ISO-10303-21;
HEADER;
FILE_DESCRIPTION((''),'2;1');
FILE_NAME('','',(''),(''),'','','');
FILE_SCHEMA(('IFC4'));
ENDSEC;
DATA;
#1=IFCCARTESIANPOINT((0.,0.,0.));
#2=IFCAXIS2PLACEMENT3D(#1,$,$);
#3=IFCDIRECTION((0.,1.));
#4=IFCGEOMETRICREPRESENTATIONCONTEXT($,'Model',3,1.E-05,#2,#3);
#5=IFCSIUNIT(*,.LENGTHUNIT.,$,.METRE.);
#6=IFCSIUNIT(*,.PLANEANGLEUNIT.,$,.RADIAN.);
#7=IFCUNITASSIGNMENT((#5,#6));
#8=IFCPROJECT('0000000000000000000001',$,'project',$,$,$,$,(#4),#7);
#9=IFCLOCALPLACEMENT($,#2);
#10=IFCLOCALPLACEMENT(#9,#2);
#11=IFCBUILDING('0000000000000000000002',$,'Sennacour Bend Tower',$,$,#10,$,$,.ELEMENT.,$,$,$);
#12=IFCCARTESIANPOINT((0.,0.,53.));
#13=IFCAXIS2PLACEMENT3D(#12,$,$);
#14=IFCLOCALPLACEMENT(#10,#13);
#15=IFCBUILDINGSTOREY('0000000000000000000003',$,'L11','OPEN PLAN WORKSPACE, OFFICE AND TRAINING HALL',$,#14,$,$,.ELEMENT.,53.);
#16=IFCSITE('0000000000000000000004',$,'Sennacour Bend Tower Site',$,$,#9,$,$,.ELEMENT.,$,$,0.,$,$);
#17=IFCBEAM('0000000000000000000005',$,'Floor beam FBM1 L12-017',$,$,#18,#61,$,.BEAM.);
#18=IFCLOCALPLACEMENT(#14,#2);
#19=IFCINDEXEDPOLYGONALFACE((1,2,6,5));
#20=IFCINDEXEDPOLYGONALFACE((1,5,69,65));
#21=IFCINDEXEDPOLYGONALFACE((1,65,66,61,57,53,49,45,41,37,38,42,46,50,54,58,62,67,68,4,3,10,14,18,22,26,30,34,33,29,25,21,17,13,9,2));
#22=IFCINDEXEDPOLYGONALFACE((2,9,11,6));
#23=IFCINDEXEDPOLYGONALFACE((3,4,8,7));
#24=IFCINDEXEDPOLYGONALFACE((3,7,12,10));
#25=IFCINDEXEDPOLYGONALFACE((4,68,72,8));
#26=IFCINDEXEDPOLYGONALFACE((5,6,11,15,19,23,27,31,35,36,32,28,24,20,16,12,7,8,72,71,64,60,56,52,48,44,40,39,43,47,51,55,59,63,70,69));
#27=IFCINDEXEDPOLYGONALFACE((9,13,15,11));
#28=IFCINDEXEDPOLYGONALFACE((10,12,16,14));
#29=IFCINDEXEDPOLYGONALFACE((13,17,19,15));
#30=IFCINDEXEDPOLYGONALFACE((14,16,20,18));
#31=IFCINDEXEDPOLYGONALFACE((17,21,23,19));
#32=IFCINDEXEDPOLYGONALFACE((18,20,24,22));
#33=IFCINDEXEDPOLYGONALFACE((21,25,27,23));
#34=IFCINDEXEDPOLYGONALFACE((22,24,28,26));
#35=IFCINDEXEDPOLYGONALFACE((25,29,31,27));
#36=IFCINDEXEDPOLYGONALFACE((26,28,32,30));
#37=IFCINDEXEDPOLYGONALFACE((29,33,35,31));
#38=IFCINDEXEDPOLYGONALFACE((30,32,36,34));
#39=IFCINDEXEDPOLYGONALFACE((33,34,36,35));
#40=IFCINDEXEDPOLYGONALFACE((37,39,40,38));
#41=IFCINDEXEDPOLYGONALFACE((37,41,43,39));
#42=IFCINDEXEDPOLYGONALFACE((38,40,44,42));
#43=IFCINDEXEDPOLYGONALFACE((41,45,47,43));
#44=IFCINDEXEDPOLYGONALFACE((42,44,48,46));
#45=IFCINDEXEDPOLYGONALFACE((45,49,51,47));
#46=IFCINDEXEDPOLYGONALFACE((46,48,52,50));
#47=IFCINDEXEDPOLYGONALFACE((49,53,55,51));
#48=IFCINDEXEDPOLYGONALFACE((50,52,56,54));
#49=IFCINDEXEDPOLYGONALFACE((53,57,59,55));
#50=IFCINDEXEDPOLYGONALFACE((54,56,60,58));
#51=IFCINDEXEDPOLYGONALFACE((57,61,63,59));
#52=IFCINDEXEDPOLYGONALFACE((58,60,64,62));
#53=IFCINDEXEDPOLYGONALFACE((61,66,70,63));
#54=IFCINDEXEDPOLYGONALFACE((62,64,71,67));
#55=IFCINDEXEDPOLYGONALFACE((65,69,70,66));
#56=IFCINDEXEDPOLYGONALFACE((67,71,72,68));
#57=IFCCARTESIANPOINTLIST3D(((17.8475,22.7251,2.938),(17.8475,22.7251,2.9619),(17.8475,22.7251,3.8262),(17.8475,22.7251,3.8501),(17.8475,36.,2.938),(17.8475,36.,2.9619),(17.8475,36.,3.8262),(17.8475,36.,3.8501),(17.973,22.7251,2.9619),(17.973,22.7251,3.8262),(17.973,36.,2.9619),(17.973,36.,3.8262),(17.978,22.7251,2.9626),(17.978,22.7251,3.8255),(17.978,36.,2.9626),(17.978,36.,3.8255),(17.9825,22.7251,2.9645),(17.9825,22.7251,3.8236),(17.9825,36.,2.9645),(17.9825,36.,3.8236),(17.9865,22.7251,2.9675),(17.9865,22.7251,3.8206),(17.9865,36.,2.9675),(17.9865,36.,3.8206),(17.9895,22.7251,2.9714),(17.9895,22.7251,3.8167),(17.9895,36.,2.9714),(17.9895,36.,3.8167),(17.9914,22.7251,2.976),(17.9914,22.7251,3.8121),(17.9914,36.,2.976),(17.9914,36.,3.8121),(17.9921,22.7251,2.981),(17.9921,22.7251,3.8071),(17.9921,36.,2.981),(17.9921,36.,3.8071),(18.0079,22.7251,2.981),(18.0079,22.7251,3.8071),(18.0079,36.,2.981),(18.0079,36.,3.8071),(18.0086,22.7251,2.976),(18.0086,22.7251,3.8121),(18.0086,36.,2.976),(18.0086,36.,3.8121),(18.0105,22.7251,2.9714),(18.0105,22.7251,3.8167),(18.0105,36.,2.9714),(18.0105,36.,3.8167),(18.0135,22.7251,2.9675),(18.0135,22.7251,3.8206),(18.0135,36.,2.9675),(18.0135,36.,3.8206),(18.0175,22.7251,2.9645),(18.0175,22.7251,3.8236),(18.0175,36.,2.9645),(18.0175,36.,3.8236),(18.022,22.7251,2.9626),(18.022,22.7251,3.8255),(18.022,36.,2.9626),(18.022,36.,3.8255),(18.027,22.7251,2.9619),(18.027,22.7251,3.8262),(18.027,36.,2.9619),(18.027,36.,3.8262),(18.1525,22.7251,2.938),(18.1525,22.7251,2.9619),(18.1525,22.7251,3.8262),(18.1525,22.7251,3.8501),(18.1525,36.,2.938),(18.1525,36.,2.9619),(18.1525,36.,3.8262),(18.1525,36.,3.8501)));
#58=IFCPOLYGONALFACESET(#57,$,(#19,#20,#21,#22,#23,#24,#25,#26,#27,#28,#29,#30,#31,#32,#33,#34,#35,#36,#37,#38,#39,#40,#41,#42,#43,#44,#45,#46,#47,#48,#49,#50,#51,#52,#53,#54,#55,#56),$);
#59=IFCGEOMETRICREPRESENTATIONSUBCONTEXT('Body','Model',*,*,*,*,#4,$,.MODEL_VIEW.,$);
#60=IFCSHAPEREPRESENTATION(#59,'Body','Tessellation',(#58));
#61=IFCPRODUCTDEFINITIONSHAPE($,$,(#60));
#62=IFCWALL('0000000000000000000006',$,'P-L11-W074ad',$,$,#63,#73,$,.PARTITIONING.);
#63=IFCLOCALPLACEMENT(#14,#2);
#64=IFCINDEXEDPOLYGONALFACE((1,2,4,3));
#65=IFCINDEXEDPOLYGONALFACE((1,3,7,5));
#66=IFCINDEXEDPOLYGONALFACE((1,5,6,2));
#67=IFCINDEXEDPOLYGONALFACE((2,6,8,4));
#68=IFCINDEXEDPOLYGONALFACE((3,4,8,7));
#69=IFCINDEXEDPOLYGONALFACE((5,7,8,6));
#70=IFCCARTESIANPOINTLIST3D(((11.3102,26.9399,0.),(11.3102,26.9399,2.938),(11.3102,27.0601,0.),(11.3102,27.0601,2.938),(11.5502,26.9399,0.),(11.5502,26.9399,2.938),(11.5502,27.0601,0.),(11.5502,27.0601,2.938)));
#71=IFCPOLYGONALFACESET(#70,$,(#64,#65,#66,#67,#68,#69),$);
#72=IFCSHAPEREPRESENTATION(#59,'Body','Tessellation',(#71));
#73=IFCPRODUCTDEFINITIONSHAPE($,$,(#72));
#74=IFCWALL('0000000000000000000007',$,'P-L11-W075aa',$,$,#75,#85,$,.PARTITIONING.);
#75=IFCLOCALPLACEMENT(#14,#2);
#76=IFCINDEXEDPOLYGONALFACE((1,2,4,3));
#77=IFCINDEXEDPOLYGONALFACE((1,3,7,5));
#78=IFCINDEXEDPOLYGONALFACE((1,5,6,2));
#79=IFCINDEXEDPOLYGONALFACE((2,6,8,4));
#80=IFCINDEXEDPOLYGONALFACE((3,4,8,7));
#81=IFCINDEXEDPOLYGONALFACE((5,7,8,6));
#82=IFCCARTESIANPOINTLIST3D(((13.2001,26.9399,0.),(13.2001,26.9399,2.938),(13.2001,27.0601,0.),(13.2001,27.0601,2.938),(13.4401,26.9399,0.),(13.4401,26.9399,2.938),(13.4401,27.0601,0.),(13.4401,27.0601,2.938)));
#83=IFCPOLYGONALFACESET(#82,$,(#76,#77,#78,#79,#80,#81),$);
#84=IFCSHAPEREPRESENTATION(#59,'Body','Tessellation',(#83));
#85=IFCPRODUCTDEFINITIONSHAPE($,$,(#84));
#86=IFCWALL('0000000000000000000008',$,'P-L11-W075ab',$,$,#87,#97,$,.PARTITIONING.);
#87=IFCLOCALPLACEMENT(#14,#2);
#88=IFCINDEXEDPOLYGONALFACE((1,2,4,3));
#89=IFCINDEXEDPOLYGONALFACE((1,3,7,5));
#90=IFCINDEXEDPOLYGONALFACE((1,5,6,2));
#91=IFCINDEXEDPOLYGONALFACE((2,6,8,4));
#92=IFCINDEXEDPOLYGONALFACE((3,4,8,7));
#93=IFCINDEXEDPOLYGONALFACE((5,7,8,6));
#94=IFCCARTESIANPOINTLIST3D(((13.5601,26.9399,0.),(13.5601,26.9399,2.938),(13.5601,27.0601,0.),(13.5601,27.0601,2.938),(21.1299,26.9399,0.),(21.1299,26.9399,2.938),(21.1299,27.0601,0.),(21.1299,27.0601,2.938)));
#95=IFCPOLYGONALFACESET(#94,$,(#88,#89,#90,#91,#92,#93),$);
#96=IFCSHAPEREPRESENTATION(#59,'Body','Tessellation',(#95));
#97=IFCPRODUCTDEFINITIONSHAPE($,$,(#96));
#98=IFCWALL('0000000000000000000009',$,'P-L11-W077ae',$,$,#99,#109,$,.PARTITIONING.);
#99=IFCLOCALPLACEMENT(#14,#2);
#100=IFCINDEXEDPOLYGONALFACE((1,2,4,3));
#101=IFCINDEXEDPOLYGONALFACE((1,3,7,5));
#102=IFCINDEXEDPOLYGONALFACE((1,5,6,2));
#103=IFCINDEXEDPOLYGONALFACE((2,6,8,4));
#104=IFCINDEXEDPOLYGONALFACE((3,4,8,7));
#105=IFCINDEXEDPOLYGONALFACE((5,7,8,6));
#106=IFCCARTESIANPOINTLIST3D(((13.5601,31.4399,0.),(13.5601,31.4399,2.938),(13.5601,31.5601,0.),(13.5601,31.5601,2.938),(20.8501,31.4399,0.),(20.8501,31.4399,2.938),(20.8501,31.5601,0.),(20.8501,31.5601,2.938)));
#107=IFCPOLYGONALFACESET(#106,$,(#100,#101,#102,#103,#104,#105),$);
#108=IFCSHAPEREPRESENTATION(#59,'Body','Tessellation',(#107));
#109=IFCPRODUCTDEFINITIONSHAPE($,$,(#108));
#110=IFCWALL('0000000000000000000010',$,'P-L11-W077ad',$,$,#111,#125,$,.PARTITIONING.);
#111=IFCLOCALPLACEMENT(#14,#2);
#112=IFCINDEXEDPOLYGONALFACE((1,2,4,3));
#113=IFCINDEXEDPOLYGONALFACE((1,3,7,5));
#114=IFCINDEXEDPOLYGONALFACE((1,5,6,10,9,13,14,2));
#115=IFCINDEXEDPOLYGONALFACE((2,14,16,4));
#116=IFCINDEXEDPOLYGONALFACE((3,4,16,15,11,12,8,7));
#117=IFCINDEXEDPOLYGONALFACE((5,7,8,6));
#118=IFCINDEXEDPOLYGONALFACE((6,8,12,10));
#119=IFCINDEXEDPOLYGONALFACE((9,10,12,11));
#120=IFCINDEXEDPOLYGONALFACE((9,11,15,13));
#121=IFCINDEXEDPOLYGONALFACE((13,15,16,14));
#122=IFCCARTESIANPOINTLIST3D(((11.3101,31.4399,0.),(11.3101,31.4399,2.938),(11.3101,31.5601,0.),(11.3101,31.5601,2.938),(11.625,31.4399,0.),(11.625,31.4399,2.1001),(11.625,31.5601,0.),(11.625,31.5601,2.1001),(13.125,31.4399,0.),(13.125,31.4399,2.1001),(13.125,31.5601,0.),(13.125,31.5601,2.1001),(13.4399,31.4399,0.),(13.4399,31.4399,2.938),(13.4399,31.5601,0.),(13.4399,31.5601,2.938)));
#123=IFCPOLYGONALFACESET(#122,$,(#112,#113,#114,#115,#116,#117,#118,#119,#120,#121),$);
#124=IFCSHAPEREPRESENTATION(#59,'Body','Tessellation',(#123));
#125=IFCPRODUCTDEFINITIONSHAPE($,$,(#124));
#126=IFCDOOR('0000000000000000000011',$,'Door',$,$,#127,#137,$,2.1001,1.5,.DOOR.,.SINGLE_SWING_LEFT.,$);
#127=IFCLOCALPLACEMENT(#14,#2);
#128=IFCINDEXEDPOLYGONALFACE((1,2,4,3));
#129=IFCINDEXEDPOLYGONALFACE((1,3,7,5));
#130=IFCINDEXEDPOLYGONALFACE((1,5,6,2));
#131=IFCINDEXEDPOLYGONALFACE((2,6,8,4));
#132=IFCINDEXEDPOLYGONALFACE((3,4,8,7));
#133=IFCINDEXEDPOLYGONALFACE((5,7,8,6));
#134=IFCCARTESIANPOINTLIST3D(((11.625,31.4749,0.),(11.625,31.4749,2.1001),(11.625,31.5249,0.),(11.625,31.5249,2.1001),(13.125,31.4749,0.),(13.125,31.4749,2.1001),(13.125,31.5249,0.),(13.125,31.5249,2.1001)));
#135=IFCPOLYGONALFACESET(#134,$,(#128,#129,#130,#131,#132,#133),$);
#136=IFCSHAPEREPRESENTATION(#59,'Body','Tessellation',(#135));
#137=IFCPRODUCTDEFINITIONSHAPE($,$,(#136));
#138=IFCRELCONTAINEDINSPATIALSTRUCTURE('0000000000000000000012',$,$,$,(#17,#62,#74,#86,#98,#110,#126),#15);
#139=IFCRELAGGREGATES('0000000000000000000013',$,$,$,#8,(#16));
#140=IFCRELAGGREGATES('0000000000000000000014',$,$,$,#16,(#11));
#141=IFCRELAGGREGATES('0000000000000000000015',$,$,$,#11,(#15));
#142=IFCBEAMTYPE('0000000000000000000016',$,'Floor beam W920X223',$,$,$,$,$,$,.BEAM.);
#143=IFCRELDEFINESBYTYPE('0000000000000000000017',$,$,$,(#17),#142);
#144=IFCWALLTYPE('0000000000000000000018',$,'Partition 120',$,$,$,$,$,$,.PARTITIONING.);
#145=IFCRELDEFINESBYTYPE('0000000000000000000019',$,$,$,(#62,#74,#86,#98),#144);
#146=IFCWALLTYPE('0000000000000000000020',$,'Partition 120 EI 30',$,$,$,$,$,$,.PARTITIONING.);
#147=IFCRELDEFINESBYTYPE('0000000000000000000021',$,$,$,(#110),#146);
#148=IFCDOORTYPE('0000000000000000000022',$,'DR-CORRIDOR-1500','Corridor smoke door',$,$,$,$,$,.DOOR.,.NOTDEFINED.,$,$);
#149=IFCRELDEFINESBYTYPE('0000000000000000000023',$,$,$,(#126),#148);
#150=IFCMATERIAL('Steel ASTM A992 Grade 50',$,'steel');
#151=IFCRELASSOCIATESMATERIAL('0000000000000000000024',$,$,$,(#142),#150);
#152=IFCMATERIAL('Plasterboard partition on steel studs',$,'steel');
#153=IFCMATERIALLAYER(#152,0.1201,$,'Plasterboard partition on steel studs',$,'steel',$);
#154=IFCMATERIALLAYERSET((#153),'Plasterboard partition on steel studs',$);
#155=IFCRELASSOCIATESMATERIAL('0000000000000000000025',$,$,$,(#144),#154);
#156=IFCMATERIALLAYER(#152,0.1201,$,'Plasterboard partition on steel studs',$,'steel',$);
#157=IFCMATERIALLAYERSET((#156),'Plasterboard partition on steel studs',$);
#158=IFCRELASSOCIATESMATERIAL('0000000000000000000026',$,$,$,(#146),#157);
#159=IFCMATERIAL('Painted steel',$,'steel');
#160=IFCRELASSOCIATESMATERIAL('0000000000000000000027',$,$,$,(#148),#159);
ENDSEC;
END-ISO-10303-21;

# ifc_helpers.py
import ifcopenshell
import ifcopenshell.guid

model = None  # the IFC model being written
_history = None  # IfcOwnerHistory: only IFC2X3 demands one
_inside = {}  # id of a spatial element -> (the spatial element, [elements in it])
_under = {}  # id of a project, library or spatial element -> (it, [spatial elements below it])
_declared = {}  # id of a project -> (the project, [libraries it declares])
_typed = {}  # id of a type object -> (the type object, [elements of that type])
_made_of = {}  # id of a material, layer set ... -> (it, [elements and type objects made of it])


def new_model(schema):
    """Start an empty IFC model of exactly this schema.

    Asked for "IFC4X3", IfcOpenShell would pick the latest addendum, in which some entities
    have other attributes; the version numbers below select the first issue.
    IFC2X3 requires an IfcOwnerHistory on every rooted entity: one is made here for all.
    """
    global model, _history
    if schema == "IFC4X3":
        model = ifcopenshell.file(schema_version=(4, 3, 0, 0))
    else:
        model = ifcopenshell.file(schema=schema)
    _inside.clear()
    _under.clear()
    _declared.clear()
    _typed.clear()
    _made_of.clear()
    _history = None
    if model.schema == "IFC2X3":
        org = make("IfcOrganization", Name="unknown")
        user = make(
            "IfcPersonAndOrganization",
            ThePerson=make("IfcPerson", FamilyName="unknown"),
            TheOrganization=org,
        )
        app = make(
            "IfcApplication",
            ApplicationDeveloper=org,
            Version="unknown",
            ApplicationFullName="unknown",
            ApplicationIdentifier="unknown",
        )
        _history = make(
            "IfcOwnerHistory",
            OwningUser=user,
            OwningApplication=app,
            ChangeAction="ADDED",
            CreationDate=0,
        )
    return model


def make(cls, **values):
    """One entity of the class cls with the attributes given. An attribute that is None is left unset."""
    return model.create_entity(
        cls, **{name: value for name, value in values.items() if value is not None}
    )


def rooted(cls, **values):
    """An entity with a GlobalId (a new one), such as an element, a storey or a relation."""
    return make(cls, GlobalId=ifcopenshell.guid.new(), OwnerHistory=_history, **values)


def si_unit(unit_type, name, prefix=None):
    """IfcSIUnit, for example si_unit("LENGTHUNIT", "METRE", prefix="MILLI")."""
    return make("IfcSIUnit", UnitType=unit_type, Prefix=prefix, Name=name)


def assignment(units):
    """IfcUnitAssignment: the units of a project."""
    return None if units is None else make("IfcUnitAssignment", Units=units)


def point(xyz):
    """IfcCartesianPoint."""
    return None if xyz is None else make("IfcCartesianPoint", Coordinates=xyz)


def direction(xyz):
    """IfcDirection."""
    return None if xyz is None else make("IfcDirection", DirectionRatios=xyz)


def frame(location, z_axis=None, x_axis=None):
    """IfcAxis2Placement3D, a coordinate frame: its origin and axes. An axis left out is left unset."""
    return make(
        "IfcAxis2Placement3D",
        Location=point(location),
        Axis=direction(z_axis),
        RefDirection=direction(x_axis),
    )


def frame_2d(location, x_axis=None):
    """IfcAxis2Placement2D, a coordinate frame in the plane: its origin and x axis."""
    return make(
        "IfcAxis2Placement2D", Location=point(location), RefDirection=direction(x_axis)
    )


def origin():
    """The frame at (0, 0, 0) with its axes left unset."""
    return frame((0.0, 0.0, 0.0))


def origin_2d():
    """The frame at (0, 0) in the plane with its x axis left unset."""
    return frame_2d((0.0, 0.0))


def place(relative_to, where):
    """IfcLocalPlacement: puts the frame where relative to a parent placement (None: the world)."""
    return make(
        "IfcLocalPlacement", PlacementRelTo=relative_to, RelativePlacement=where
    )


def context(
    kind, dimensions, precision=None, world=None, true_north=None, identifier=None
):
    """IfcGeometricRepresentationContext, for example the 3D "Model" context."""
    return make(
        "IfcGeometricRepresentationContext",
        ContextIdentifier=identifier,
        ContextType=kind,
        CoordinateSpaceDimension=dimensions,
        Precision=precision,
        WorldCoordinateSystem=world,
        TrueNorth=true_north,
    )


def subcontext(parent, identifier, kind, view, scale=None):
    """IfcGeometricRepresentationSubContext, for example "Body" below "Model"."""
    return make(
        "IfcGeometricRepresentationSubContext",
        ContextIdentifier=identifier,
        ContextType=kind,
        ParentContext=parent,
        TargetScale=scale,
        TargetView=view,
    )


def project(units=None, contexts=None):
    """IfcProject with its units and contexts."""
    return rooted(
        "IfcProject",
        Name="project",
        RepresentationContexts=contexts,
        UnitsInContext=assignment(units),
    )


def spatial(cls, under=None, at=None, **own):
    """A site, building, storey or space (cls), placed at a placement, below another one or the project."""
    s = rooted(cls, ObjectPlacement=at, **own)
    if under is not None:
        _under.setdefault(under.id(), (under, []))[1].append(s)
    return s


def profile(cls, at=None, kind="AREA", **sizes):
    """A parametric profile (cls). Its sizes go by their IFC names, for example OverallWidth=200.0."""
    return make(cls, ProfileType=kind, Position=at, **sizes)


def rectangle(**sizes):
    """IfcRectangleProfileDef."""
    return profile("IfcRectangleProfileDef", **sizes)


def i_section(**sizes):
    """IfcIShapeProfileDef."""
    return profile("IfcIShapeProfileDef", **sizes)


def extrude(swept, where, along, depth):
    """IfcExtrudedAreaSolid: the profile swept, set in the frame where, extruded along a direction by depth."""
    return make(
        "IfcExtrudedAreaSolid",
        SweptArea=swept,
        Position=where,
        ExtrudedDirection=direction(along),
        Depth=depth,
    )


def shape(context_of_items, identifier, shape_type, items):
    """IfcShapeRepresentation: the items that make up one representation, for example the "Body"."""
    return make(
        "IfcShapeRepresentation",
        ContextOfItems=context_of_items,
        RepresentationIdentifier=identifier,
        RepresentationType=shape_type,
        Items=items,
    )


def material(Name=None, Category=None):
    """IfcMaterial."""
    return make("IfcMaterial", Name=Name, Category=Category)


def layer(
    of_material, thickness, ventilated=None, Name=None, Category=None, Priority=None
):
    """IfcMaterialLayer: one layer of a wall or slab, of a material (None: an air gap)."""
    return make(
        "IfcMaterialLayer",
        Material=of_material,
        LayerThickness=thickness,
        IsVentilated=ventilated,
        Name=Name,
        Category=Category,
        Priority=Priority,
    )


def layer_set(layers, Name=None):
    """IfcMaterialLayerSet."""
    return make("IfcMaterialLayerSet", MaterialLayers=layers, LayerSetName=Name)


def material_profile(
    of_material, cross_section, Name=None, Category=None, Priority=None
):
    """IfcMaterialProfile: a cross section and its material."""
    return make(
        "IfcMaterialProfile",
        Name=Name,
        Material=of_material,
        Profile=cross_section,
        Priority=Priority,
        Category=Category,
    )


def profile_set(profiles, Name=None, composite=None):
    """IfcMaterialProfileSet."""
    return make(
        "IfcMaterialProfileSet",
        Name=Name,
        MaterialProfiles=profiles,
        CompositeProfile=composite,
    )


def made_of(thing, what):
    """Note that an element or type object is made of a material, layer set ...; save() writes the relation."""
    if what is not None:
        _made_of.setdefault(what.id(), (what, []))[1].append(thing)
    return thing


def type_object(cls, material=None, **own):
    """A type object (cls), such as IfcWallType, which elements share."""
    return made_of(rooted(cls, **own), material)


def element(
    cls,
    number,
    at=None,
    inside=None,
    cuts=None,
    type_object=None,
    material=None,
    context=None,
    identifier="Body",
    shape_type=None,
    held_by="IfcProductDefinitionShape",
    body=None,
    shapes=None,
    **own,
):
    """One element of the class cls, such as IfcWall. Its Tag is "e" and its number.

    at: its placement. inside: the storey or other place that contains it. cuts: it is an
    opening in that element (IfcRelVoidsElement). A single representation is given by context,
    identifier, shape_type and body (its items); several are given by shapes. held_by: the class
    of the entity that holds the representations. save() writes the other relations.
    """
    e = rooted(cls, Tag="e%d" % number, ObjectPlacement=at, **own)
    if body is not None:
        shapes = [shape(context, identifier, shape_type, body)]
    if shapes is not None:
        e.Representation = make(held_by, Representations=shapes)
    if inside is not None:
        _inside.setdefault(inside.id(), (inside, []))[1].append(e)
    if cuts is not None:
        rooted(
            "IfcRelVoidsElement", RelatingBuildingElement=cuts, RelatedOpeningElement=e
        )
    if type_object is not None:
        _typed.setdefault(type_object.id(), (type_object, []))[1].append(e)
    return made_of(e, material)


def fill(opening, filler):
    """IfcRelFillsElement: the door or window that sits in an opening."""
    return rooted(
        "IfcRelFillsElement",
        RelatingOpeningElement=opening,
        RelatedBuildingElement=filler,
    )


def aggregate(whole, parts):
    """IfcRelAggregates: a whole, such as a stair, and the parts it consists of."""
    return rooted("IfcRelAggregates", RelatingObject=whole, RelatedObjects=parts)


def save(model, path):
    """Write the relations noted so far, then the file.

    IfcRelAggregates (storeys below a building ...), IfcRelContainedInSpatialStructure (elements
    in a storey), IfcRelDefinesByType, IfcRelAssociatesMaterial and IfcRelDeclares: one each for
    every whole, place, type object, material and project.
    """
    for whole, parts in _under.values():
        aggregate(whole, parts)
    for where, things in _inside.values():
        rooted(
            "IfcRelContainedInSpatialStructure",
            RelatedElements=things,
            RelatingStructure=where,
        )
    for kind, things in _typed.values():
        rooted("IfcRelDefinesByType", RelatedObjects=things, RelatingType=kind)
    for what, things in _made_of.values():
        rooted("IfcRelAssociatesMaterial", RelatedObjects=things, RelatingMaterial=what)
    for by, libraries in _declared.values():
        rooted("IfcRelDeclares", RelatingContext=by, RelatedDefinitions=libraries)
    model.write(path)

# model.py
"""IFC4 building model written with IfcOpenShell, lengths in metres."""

from ifc_helpers import new_model, si_unit, direction, frame, frame_2d, origin, origin_2d, place, context, subcontext, project, spatial, rectangle, i_section, extrude, material, layer, layer_set, material_profile, profile_set, type_object, element, fill, save


model = new_model("IFC4")

# Units and contexts
model_context = context("Model", 3, precision=1e-05, world=origin(), true_north=direction((0.0, 1.0)))
body_context = subcontext(model_context, "Body", "Model", "MODEL_VIEW")
ifc_project = project(units=[si_unit("LENGTHUNIT", "METRE"), si_unit("PLANEANGLEUNIT", "RADIAN")], contexts=[model_context])

# Site, building, storey
site_placement = place(None, origin())
site = spatial("IfcSite", under=ifc_project, at=site_placement, Name="Sennacour Bend Tower Site", CompositionType="ELEMENT", RefElevation=0.0)
building_placement = place(site_placement, origin())
building = spatial("IfcBuilding", under=site, at=building_placement, Name="Sennacour Bend Tower", CompositionType="ELEMENT")
storey_placement = place(building_placement, frame((0.0, 0.0, 53.0)))
storey = spatial("IfcBuildingStorey", under=building, at=storey_placement, Name="L11", Description="OPEN PLAN WORKSPACE, OFFICE AND TRAINING HALL", CompositionType="ELEMENT", Elevation=53.0)

# Beam
ifc_material_1 = material(Name="Steel ASTM A992 Grade 50", Category="steel")
ifc_material_profile = material_profile(ifc_material_1, i_section(OverallWidth=0.3049, OverallDepth=0.9121, WebThickness=0.0159, FlangeThickness=0.0239, FilletRadius=0.019, at=origin_2d()), Name="Steel ASTM A992 Grade 50", Category="steel")
ifc_profile_set = profile_set([ifc_material_profile], Name="Steel ASTM A992 Grade 50")
beam_type = type_object("IfcBeamType", Name="Floor beam W920X223", PredefinedType="BEAM", material=ifc_profile_set)
for number, where, z_axis, x_axis, name in (
    (1, (18.0, 22.7251, 3.394), (0.0, 1.0, 0.0), (-1.0, 0.0, 0.0), "Floor beam FBM1 L12-017"),
):
    element("IfcBeam", number, at=place(storey_placement, frame(where, z_axis=z_axis, x_axis=x_axis)), inside=storey, type_object=beam_type, Name=name, PredefinedType="BEAM", context=body_context, shape_type="SweptSolid", body=[
        extrude(i_section(OverallWidth=0.3049, OverallDepth=0.9121, WebThickness=0.0159, FlangeThickness=0.0239, FilletRadius=0.019, at=origin_2d()), origin(), (0.0, 0.0, 1.0), 13.2749),
    ])

# Walls
ifc_material_2 = material(Name="Plasterboard partition on steel studs", Category="steel")
ifc_layer_1 = layer(ifc_material_2, 0.1201, Name="Plasterboard partition on steel studs", Category="steel")
ifc_layer_set_1 = layer_set([ifc_layer_1], Name="Plasterboard partition on steel studs")
wall_type_1 = type_object("IfcWallType", Name="Partition 120", PredefinedType="PARTITIONING", material=ifc_layer_set_1)
for number, where, z_axis, x_axis, name in (
    (2, (11.3101, 27.0, 0.0), (0.0, 0.0, 1.0), (1.0, 0.0, 0.0), "P-L11-W074ad"),
    (3, (13.2, 27.0, 0.0), (0.0, 0.0, 1.0), (1.0, 0.0, 0.0), "P-L11-W075aa"),
):
    element("IfcWall", number, at=place(storey_placement, frame(where, z_axis=z_axis, x_axis=x_axis)), inside=storey, type_object=wall_type_1, Name=name, PredefinedType="PARTITIONING", context=body_context, shape_type="SweptSolid", body=[
        extrude(rectangle(XDim=0.24, YDim=0.1201, at=frame_2d((0.1201, 0.0))), origin(), (0.0, 0.0, 1.0), 2.938),
    ])
wall_1_placement = place(storey_placement, frame((13.5601, 27.0, 0.0), z_axis=(0.0, 0.0, 1.0), x_axis=(1.0, 0.0, 0.0)))
element("IfcWall", 4, at=wall_1_placement, inside=storey, type_object=wall_type_1, Name="P-L11-W075ab", PredefinedType="PARTITIONING", context=body_context, shape_type="SweptSolid", body=[
    extrude(rectangle(XDim=7.5698, YDim=0.1201, at=frame_2d((3.7849, 0.0))), origin(), (0.0, 0.0, 1.0), 2.938),
])
wall_2_placement = place(storey_placement, frame((13.5601, 31.5, 0.0), z_axis=(0.0, 0.0, 1.0), x_axis=(1.0, 0.0, 0.0)))
element("IfcWall", 5, at=wall_2_placement, inside=storey, type_object=wall_type_1, Name="P-L11-W077ae", PredefinedType="PARTITIONING", context=body_context, shape_type="SweptSolid", body=[
    extrude(rectangle(XDim=7.29, YDim=0.1201, at=frame_2d((3.645, 0.0))), origin(), (0.0, 0.0, 1.0), 2.938),
])

# Wall, opening, door
ifc_layer_2 = layer(ifc_material_2, 0.1201, Name="Plasterboard partition on steel studs", Category="steel")
ifc_layer_set_2 = layer_set([ifc_layer_2], Name="Plasterboard partition on steel studs")
wall_type_2 = type_object("IfcWallType", Name="Partition 120 EI 30", PredefinedType="PARTITIONING", material=ifc_layer_set_2)
wall_3_placement = place(storey_placement, frame((11.3101, 31.5, 0.0), z_axis=(0.0, 0.0, 1.0), x_axis=(1.0, 0.0, 0.0)))
wall_3 = element("IfcWall", 6, at=wall_3_placement, inside=storey, type_object=wall_type_2, Name="P-L11-W077ad", PredefinedType="PARTITIONING", context=body_context, shape_type="SweptSolid", body=[
    extrude(rectangle(XDim=2.1299, YDim=0.1201, at=frame_2d((1.0649, 0.0))), origin(), (0.0, 0.0, 1.0), 2.938),
])
opening_1_placement = place(wall_3_placement, frame((0.3149, 0.0, 0.0)))
opening_1 = element("IfcOpeningElement", 7, at=opening_1_placement, cuts=wall_3, PredefinedType="OPENING", context=body_context, shape_type="SweptSolid", body=[
    extrude(rectangle(XDim=1.5, YDim=2.1001, at=frame_2d((0.75, 1.05))), frame((0.0, 0.0701, 0.0), z_axis=(0.0, -1.0, 0.0), x_axis=(1.0, 0.0, 0.0)), (0.0, 0.0, 1.0), 0.1401),
])
ifc_material_3 = material(Name="Painted steel", Category="steel")
door_type_1 = type_object("IfcDoorType", Name="DR-CORRIDOR-1500", Description="Corridor smoke door", OperationType="NOTDEFINED", PredefinedType="DOOR", material=ifc_material_3)
door_1_placement = place(opening_1_placement, origin())
door_1 = element("IfcDoor", 8, at=door_1_placement, inside=storey, type_object=door_type_1, Name="Door", OperationType="SINGLE_SWING_LEFT", OverallHeight=2.1001, OverallWidth=1.5, PredefinedType="DOOR", context=body_context, shape_type="SweptSolid", body=[
    extrude(rectangle(XDim=1.5, YDim=2.1001, at=frame_2d((0.75, 1.05))), frame((0.0, 0.0249, 0.0), z_axis=(0.0, -1.0, 0.0), x_axis=(1.0, 0.0, 0.0)), (0.0, 0.0, 1.0), 0.05),
])
fill(opening_1, door_1)

save(model, "model.ifc")
